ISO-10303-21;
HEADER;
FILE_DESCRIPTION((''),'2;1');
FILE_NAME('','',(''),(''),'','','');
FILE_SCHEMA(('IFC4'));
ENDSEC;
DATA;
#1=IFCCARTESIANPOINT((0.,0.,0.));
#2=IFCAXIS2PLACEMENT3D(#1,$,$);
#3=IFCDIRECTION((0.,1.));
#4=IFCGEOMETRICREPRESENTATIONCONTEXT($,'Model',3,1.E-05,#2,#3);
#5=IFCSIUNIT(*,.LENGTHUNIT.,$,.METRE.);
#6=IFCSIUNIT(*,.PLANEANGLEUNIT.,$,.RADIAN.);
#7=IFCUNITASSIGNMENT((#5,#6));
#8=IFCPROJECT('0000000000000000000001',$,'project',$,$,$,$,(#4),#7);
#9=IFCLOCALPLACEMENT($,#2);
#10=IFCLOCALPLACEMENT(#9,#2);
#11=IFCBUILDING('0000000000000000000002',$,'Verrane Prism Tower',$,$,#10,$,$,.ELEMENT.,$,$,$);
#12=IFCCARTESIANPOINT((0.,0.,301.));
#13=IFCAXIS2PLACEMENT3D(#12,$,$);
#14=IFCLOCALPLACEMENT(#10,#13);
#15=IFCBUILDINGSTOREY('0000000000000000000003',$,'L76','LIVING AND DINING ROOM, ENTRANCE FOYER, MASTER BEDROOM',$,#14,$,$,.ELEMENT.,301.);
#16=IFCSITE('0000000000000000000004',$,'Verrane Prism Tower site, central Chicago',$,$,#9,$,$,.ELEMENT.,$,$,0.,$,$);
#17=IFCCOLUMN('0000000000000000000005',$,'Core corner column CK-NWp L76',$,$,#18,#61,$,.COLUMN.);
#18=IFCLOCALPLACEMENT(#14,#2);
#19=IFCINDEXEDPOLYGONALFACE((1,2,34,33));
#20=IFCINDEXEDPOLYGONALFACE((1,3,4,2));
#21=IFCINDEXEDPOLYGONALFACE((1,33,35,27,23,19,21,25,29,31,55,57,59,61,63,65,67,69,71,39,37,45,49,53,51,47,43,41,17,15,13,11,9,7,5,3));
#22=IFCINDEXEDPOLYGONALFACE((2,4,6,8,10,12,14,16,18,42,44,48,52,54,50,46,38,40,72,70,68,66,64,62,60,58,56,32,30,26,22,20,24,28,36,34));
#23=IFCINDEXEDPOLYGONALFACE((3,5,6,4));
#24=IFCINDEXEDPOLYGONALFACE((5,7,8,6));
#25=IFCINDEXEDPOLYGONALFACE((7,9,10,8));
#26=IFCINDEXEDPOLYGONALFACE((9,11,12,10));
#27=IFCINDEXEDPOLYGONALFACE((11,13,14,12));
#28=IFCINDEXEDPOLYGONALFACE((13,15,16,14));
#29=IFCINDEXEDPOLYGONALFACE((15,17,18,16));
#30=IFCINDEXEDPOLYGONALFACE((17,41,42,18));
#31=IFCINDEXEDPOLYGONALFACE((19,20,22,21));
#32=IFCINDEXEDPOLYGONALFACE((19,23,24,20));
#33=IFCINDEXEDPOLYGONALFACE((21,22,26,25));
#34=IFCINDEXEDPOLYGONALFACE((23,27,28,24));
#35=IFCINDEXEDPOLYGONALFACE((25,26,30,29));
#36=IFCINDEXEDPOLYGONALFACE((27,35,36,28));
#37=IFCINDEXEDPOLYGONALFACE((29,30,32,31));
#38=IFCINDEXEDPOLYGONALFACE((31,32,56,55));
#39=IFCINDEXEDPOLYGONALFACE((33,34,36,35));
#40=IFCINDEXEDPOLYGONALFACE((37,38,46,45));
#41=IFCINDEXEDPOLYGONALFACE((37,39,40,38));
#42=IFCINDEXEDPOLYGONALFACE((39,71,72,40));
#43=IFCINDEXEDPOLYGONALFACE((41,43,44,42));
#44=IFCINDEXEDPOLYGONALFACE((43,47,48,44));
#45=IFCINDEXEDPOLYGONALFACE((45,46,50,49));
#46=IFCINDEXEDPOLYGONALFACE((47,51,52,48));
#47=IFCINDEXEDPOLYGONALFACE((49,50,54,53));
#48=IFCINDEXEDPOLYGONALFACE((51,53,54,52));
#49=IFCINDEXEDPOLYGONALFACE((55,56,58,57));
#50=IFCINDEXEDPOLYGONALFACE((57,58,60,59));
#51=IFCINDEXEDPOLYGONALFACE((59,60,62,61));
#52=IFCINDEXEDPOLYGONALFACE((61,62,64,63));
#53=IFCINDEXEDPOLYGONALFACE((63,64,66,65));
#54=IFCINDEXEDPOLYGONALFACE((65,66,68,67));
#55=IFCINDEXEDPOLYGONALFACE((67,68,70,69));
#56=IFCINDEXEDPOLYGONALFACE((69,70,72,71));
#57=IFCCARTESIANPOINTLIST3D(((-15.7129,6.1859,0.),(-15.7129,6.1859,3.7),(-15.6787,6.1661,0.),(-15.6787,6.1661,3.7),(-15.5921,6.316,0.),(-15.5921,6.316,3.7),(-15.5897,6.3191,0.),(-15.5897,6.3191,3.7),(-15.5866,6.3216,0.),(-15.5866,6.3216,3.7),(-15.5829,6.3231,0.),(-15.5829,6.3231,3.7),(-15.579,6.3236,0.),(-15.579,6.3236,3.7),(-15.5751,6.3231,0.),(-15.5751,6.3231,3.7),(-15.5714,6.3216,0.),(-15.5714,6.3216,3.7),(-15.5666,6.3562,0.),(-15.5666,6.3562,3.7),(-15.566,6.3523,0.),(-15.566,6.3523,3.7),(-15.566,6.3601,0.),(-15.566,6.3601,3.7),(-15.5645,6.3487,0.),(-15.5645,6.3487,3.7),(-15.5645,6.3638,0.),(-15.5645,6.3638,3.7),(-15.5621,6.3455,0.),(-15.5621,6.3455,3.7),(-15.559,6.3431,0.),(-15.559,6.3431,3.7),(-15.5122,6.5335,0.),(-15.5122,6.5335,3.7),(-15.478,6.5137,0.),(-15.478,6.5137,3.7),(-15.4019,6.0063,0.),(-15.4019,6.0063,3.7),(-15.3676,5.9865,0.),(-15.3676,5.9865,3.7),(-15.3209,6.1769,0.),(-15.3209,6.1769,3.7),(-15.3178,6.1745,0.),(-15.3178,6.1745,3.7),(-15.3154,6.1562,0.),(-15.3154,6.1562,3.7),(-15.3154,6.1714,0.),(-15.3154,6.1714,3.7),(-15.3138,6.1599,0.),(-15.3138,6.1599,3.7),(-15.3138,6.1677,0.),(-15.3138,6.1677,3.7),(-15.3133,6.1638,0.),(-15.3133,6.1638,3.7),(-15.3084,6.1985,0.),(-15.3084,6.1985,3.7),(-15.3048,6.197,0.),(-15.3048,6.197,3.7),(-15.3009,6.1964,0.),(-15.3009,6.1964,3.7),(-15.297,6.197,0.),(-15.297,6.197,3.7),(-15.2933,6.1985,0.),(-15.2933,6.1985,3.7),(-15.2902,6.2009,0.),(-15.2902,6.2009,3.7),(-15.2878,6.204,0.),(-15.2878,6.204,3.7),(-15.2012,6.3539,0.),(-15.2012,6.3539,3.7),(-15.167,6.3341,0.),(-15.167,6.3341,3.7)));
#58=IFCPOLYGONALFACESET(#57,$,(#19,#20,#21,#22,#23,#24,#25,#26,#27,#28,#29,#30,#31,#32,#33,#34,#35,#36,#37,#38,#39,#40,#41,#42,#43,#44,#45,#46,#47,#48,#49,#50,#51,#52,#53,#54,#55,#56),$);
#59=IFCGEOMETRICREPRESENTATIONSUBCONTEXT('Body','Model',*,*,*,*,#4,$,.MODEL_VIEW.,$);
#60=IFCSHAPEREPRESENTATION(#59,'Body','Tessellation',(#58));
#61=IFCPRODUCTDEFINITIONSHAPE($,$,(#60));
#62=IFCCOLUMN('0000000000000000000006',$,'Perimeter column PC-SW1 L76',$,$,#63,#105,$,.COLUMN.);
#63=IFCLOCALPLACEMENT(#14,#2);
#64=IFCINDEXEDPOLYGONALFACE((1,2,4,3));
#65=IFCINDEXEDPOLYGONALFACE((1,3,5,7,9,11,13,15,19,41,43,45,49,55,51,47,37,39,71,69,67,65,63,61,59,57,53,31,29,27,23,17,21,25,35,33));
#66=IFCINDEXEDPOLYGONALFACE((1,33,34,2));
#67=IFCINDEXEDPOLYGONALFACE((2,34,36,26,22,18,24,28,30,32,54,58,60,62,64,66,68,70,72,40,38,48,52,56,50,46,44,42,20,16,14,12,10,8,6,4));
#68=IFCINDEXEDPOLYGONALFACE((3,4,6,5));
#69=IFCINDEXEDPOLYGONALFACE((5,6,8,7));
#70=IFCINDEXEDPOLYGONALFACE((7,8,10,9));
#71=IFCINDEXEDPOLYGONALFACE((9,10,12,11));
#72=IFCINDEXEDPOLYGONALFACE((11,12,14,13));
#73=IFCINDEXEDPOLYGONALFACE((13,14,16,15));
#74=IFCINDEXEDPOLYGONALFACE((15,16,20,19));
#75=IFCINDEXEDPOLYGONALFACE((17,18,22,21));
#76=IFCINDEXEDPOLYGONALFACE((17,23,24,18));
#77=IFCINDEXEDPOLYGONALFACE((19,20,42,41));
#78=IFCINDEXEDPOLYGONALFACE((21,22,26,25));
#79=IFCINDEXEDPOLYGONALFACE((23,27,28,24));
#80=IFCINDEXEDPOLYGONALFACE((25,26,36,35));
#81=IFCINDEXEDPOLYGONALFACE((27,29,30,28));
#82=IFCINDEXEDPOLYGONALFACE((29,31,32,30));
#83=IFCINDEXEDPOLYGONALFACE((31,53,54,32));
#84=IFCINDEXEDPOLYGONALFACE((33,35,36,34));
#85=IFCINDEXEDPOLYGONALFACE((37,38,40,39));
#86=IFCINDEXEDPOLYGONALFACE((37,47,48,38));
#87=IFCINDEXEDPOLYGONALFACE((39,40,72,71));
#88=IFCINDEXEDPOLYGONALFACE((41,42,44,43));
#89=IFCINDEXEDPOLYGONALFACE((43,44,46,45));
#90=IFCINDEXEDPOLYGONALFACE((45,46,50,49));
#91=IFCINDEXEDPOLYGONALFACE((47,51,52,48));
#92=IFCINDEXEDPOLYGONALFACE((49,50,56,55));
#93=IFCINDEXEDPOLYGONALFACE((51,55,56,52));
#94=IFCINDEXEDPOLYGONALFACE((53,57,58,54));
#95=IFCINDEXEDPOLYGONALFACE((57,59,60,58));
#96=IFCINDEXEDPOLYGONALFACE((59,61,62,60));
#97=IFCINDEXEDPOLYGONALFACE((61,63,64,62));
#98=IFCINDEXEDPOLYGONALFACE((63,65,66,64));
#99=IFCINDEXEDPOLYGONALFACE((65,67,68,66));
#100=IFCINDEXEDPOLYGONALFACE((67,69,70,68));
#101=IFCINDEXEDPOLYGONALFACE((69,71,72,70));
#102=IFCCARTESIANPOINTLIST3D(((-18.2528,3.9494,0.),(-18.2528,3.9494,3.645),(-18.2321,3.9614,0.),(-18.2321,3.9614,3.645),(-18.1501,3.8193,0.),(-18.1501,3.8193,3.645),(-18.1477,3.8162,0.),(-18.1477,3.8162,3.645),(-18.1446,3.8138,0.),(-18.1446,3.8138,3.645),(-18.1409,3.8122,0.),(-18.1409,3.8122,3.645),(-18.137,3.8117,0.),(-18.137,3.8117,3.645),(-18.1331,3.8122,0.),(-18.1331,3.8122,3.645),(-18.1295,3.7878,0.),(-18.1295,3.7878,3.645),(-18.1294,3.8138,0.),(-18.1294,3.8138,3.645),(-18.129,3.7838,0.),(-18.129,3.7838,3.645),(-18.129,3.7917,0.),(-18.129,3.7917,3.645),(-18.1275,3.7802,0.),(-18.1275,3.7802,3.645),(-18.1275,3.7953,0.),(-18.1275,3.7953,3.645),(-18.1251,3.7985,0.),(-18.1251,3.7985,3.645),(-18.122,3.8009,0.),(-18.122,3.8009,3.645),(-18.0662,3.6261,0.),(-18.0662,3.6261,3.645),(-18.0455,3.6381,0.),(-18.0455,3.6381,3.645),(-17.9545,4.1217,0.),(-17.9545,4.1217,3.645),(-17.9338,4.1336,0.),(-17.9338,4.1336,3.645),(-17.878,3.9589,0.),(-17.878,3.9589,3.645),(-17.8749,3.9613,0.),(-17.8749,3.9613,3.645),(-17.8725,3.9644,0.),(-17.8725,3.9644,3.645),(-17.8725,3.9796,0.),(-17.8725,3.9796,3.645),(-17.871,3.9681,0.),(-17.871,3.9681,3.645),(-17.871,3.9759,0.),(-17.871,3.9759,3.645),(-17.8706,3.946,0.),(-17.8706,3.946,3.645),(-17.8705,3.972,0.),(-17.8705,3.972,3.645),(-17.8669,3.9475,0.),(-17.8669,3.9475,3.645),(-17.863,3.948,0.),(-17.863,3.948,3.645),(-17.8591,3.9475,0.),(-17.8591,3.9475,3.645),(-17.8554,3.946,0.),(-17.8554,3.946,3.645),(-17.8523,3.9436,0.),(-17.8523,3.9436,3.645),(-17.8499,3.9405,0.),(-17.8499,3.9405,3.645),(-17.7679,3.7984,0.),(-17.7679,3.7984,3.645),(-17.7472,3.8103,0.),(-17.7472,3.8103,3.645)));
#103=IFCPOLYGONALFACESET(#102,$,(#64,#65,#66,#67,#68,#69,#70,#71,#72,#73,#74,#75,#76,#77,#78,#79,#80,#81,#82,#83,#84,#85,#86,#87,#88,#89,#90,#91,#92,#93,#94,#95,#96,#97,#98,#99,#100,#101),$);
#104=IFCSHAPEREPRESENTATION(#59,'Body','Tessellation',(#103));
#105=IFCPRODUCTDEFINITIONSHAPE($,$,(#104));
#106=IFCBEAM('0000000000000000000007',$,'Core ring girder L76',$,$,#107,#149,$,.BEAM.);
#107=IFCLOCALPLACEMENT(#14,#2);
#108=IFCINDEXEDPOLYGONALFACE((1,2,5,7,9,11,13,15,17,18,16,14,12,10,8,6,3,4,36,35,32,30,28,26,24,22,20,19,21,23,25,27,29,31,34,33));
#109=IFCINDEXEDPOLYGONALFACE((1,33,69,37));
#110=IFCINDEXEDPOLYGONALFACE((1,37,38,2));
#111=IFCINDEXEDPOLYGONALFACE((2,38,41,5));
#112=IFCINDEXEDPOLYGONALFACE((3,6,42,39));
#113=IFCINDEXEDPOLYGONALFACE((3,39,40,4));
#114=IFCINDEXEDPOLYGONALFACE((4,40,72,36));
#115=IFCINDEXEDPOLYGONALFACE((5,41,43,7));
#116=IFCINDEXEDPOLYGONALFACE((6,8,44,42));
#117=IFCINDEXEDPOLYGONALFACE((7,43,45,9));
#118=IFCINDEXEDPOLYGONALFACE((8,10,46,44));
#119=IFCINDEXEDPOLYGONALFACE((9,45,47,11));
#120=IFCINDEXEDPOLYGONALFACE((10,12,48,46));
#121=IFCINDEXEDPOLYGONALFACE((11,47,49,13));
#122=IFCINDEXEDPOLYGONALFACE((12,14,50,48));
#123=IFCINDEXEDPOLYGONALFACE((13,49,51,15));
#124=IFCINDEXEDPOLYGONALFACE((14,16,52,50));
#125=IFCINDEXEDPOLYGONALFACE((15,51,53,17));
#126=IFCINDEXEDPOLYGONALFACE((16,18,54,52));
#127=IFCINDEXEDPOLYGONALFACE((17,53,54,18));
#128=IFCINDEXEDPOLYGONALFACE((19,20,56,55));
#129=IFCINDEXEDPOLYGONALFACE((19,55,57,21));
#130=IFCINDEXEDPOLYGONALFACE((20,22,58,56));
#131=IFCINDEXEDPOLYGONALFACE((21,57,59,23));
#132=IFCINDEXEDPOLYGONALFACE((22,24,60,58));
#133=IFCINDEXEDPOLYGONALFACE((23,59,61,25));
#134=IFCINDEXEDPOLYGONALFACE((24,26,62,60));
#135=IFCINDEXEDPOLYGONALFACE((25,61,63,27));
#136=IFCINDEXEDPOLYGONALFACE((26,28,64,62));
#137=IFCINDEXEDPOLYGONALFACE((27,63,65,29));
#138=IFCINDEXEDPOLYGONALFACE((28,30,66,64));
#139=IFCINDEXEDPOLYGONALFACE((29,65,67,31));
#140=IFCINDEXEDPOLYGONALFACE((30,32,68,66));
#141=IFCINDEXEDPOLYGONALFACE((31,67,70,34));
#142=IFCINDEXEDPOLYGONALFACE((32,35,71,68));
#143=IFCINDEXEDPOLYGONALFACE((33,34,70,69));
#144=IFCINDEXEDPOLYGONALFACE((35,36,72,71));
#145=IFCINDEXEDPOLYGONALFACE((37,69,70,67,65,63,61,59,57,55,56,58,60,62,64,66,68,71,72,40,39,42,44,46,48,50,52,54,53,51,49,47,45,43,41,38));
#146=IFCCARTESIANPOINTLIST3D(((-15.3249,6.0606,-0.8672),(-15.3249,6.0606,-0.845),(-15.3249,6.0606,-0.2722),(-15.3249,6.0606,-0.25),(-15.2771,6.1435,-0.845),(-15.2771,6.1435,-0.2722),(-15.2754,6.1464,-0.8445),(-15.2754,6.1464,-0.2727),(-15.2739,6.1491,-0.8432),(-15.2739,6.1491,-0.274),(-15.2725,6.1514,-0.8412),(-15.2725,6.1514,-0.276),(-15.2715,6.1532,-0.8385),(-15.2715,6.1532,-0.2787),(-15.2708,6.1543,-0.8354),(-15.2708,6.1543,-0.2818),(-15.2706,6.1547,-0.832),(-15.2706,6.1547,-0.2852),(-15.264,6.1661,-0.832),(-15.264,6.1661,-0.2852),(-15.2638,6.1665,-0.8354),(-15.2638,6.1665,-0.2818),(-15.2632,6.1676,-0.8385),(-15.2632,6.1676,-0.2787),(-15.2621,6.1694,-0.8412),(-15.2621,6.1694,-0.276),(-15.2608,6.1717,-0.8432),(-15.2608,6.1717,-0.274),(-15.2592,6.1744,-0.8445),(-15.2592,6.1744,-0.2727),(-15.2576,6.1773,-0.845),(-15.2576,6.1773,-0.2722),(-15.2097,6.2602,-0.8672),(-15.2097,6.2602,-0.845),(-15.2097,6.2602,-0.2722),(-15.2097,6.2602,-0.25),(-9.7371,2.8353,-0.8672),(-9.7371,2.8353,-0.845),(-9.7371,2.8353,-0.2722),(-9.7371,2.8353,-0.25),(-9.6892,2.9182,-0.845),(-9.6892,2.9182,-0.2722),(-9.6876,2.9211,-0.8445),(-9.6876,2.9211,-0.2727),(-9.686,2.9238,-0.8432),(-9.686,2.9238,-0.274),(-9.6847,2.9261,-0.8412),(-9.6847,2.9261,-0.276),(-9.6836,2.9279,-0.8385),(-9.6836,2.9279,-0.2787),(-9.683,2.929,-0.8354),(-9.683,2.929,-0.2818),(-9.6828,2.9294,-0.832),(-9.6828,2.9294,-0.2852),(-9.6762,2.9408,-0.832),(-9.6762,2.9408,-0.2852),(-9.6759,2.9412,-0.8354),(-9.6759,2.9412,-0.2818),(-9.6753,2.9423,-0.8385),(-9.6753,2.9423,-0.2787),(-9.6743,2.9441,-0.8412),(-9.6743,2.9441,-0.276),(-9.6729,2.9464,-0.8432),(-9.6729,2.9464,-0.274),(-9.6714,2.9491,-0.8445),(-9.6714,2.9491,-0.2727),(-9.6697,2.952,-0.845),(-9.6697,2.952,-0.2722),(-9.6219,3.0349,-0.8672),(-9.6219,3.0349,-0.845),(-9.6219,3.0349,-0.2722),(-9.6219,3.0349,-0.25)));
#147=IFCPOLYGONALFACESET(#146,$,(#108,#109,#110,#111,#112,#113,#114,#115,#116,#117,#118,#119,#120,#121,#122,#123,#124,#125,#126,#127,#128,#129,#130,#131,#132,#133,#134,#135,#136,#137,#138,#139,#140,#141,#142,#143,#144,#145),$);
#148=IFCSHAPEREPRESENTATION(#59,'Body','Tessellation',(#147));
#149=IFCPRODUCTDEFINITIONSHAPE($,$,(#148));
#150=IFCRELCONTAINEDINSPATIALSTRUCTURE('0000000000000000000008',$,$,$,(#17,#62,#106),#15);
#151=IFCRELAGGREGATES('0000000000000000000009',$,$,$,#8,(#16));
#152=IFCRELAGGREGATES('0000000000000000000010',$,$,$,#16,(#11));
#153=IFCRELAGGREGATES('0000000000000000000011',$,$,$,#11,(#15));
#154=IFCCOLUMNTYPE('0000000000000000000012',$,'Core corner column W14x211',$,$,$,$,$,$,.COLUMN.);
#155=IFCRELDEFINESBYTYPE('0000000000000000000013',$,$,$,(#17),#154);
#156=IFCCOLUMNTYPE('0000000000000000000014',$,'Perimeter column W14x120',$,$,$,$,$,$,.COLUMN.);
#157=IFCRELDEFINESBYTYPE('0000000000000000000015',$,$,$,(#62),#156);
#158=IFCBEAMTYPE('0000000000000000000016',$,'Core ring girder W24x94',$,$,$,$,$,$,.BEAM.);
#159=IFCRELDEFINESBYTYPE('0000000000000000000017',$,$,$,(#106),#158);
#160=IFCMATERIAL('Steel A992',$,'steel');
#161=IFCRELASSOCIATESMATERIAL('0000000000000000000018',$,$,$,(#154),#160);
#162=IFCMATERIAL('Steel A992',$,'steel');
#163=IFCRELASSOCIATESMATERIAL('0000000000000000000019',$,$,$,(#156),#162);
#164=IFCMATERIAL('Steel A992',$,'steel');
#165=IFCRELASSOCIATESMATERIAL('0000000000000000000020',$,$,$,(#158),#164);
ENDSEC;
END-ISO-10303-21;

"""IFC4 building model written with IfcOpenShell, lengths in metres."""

from ifc_helpers import new_model, si_unit, direction, frame, origin, origin_2d, place, context, subcontext, project, spatial, i_section, extrude, material, material_profile, profile_set, type_object, element, save


model = new_model("IFC4")

# Units and contexts
model_context = context("Model", 3, precision=1e-05, world=origin(), true_north=direction((0.0, 1.0)))
body_context = subcontext(model_context, "Body", "Model", "MODEL_VIEW")
ifc_project = project(units=[si_unit("LENGTHUNIT", "METRE"), si_unit("PLANEANGLEUNIT", "RADIAN")], contexts=[model_context])

# Site, building, storey
site_placement = place(None, origin())
site = spatial("IfcSite", under=ifc_project, at=site_placement, Name="Verrane Prism Tower site, central Chicago", CompositionType="ELEMENT", RefElevation=0.0)
building_placement = place(site_placement, origin())
building = spatial("IfcBuilding", under=site, at=building_placement, Name="Verrane Prism Tower", CompositionType="ELEMENT")
storey_placement = place(building_placement, frame((0.0, 0.0, 301.0)))
storey = spatial("IfcBuildingStorey", under=building, at=storey_placement, Name="L76", Description="LIVING AND DINING ROOM, ENTRANCE FOYER, MASTER BEDROOM", CompositionType="ELEMENT", Elevation=301.0)

# Columns
ifc_material_1 = material(Name="Steel A992", Category="steel")
ifc_material_profile_1 = material_profile(ifc_material_1, i_section(OverallWidth=0.4014, OverallDepth=0.3987, WebThickness=0.0249, FlangeThickness=0.0396, FilletRadius=0.0151, at=origin_2d()), Name="W14x211")
ifc_profile_set_1 = profile_set([ifc_material_profile_1], Name="Steel A992")
column_type_1 = type_object("IfcColumnType", Name="Core corner column W14x211", PredefinedType="COLUMN", material=ifc_profile_set_1)
column_1_placement = place(storey_placement, frame((-15.4399, 6.26, 0.0), z_axis=(0.0, 0.0, 1.0), x_axis=(0.5, 0.866025, 0.0)))
element("IfcColumn", 1, at=column_1_placement, inside=storey, type_object=column_type_1, Name="Core corner column CK-NWp L76", PredefinedType="COLUMN", context=body_context, shape_type="SweptSolid", body=[
    extrude(i_section(OverallWidth=0.4014, OverallDepth=0.3987, WebThickness=0.0249, FlangeThickness=0.0396, FilletRadius=0.0151, at=origin_2d()), origin(), (0.0, 0.0, 1.0), 3.7),
])
ifc_material_2 = material(Name="Steel A992", Category="steel")
ifc_material_profile_2 = material_profile(ifc_material_2, i_section(OverallWidth=0.3733, OverallDepth=0.3684, WebThickness=0.0149, FlangeThickness=0.0239, FilletRadius=0.0151, at=origin_2d()), Name="W14x120")
ifc_profile_set_2 = profile_set([ifc_material_profile_2], Name="Steel A992")
column_type_2 = type_object("IfcColumnType", Name="Perimeter column W14x120", PredefinedType="COLUMN", material=ifc_profile_set_2)
column_2_placement = place(storey_placement, frame((-18.0, 3.8799, 0.0), z_axis=(0.0, 0.0, 1.0), x_axis=(-0.5, 0.866025, 0.0)))
element("IfcColumn", 2, at=column_2_placement, inside=storey, type_object=column_type_2, Name="Perimeter column PC-SW1 L76", PredefinedType="COLUMN", context=body_context, shape_type="SweptSolid", body=[
    extrude(i_section(OverallWidth=0.3733, OverallDepth=0.3684, WebThickness=0.0149, FlangeThickness=0.0239, FilletRadius=0.0151, at=origin_2d()), origin(), (0.0, 0.0, 1.0), 3.645),
])

# Beam
ifc_material_3 = material(Name="Steel A992", Category="steel")
ifc_material_profile_3 = material_profile(ifc_material_3, i_section(OverallWidth=0.2305, OverallDepth=0.6172, WebThickness=0.0132, FlangeThickness=0.0222, FilletRadius=0.0129, at=origin_2d()), Name="W24x94")
ifc_profile_set_3 = profile_set([ifc_material_profile_3], Name="Steel A992")
beam_type_1 = type_object("IfcBeamType", Name="Core ring girder W24x94", PredefinedType="BEAM", material=ifc_profile_set_3)
beam_1_placement = place(storey_placement, frame((-15.2673, 6.1604, -0.5586), z_axis=(0.866081, -0.499904, 0.0), x_axis=(0.499904, 0.866081, 0.0)))
element("IfcBeam", 3, at=beam_1_placement, inside=storey, type_object=beam_type_1, Name="Core ring girder L76", PredefinedType="BEAM", context=body_context, shape_type="SweptSolid", body=[
    extrude(i_section(OverallWidth=0.2305, OverallDepth=0.6172, WebThickness=0.0132, FlangeThickness=0.0222, FilletRadius=0.0129, at=origin_2d()), origin(), (0.0, 0.0, 1.0), 6.4519),
])

save(model, "model.ifc")
